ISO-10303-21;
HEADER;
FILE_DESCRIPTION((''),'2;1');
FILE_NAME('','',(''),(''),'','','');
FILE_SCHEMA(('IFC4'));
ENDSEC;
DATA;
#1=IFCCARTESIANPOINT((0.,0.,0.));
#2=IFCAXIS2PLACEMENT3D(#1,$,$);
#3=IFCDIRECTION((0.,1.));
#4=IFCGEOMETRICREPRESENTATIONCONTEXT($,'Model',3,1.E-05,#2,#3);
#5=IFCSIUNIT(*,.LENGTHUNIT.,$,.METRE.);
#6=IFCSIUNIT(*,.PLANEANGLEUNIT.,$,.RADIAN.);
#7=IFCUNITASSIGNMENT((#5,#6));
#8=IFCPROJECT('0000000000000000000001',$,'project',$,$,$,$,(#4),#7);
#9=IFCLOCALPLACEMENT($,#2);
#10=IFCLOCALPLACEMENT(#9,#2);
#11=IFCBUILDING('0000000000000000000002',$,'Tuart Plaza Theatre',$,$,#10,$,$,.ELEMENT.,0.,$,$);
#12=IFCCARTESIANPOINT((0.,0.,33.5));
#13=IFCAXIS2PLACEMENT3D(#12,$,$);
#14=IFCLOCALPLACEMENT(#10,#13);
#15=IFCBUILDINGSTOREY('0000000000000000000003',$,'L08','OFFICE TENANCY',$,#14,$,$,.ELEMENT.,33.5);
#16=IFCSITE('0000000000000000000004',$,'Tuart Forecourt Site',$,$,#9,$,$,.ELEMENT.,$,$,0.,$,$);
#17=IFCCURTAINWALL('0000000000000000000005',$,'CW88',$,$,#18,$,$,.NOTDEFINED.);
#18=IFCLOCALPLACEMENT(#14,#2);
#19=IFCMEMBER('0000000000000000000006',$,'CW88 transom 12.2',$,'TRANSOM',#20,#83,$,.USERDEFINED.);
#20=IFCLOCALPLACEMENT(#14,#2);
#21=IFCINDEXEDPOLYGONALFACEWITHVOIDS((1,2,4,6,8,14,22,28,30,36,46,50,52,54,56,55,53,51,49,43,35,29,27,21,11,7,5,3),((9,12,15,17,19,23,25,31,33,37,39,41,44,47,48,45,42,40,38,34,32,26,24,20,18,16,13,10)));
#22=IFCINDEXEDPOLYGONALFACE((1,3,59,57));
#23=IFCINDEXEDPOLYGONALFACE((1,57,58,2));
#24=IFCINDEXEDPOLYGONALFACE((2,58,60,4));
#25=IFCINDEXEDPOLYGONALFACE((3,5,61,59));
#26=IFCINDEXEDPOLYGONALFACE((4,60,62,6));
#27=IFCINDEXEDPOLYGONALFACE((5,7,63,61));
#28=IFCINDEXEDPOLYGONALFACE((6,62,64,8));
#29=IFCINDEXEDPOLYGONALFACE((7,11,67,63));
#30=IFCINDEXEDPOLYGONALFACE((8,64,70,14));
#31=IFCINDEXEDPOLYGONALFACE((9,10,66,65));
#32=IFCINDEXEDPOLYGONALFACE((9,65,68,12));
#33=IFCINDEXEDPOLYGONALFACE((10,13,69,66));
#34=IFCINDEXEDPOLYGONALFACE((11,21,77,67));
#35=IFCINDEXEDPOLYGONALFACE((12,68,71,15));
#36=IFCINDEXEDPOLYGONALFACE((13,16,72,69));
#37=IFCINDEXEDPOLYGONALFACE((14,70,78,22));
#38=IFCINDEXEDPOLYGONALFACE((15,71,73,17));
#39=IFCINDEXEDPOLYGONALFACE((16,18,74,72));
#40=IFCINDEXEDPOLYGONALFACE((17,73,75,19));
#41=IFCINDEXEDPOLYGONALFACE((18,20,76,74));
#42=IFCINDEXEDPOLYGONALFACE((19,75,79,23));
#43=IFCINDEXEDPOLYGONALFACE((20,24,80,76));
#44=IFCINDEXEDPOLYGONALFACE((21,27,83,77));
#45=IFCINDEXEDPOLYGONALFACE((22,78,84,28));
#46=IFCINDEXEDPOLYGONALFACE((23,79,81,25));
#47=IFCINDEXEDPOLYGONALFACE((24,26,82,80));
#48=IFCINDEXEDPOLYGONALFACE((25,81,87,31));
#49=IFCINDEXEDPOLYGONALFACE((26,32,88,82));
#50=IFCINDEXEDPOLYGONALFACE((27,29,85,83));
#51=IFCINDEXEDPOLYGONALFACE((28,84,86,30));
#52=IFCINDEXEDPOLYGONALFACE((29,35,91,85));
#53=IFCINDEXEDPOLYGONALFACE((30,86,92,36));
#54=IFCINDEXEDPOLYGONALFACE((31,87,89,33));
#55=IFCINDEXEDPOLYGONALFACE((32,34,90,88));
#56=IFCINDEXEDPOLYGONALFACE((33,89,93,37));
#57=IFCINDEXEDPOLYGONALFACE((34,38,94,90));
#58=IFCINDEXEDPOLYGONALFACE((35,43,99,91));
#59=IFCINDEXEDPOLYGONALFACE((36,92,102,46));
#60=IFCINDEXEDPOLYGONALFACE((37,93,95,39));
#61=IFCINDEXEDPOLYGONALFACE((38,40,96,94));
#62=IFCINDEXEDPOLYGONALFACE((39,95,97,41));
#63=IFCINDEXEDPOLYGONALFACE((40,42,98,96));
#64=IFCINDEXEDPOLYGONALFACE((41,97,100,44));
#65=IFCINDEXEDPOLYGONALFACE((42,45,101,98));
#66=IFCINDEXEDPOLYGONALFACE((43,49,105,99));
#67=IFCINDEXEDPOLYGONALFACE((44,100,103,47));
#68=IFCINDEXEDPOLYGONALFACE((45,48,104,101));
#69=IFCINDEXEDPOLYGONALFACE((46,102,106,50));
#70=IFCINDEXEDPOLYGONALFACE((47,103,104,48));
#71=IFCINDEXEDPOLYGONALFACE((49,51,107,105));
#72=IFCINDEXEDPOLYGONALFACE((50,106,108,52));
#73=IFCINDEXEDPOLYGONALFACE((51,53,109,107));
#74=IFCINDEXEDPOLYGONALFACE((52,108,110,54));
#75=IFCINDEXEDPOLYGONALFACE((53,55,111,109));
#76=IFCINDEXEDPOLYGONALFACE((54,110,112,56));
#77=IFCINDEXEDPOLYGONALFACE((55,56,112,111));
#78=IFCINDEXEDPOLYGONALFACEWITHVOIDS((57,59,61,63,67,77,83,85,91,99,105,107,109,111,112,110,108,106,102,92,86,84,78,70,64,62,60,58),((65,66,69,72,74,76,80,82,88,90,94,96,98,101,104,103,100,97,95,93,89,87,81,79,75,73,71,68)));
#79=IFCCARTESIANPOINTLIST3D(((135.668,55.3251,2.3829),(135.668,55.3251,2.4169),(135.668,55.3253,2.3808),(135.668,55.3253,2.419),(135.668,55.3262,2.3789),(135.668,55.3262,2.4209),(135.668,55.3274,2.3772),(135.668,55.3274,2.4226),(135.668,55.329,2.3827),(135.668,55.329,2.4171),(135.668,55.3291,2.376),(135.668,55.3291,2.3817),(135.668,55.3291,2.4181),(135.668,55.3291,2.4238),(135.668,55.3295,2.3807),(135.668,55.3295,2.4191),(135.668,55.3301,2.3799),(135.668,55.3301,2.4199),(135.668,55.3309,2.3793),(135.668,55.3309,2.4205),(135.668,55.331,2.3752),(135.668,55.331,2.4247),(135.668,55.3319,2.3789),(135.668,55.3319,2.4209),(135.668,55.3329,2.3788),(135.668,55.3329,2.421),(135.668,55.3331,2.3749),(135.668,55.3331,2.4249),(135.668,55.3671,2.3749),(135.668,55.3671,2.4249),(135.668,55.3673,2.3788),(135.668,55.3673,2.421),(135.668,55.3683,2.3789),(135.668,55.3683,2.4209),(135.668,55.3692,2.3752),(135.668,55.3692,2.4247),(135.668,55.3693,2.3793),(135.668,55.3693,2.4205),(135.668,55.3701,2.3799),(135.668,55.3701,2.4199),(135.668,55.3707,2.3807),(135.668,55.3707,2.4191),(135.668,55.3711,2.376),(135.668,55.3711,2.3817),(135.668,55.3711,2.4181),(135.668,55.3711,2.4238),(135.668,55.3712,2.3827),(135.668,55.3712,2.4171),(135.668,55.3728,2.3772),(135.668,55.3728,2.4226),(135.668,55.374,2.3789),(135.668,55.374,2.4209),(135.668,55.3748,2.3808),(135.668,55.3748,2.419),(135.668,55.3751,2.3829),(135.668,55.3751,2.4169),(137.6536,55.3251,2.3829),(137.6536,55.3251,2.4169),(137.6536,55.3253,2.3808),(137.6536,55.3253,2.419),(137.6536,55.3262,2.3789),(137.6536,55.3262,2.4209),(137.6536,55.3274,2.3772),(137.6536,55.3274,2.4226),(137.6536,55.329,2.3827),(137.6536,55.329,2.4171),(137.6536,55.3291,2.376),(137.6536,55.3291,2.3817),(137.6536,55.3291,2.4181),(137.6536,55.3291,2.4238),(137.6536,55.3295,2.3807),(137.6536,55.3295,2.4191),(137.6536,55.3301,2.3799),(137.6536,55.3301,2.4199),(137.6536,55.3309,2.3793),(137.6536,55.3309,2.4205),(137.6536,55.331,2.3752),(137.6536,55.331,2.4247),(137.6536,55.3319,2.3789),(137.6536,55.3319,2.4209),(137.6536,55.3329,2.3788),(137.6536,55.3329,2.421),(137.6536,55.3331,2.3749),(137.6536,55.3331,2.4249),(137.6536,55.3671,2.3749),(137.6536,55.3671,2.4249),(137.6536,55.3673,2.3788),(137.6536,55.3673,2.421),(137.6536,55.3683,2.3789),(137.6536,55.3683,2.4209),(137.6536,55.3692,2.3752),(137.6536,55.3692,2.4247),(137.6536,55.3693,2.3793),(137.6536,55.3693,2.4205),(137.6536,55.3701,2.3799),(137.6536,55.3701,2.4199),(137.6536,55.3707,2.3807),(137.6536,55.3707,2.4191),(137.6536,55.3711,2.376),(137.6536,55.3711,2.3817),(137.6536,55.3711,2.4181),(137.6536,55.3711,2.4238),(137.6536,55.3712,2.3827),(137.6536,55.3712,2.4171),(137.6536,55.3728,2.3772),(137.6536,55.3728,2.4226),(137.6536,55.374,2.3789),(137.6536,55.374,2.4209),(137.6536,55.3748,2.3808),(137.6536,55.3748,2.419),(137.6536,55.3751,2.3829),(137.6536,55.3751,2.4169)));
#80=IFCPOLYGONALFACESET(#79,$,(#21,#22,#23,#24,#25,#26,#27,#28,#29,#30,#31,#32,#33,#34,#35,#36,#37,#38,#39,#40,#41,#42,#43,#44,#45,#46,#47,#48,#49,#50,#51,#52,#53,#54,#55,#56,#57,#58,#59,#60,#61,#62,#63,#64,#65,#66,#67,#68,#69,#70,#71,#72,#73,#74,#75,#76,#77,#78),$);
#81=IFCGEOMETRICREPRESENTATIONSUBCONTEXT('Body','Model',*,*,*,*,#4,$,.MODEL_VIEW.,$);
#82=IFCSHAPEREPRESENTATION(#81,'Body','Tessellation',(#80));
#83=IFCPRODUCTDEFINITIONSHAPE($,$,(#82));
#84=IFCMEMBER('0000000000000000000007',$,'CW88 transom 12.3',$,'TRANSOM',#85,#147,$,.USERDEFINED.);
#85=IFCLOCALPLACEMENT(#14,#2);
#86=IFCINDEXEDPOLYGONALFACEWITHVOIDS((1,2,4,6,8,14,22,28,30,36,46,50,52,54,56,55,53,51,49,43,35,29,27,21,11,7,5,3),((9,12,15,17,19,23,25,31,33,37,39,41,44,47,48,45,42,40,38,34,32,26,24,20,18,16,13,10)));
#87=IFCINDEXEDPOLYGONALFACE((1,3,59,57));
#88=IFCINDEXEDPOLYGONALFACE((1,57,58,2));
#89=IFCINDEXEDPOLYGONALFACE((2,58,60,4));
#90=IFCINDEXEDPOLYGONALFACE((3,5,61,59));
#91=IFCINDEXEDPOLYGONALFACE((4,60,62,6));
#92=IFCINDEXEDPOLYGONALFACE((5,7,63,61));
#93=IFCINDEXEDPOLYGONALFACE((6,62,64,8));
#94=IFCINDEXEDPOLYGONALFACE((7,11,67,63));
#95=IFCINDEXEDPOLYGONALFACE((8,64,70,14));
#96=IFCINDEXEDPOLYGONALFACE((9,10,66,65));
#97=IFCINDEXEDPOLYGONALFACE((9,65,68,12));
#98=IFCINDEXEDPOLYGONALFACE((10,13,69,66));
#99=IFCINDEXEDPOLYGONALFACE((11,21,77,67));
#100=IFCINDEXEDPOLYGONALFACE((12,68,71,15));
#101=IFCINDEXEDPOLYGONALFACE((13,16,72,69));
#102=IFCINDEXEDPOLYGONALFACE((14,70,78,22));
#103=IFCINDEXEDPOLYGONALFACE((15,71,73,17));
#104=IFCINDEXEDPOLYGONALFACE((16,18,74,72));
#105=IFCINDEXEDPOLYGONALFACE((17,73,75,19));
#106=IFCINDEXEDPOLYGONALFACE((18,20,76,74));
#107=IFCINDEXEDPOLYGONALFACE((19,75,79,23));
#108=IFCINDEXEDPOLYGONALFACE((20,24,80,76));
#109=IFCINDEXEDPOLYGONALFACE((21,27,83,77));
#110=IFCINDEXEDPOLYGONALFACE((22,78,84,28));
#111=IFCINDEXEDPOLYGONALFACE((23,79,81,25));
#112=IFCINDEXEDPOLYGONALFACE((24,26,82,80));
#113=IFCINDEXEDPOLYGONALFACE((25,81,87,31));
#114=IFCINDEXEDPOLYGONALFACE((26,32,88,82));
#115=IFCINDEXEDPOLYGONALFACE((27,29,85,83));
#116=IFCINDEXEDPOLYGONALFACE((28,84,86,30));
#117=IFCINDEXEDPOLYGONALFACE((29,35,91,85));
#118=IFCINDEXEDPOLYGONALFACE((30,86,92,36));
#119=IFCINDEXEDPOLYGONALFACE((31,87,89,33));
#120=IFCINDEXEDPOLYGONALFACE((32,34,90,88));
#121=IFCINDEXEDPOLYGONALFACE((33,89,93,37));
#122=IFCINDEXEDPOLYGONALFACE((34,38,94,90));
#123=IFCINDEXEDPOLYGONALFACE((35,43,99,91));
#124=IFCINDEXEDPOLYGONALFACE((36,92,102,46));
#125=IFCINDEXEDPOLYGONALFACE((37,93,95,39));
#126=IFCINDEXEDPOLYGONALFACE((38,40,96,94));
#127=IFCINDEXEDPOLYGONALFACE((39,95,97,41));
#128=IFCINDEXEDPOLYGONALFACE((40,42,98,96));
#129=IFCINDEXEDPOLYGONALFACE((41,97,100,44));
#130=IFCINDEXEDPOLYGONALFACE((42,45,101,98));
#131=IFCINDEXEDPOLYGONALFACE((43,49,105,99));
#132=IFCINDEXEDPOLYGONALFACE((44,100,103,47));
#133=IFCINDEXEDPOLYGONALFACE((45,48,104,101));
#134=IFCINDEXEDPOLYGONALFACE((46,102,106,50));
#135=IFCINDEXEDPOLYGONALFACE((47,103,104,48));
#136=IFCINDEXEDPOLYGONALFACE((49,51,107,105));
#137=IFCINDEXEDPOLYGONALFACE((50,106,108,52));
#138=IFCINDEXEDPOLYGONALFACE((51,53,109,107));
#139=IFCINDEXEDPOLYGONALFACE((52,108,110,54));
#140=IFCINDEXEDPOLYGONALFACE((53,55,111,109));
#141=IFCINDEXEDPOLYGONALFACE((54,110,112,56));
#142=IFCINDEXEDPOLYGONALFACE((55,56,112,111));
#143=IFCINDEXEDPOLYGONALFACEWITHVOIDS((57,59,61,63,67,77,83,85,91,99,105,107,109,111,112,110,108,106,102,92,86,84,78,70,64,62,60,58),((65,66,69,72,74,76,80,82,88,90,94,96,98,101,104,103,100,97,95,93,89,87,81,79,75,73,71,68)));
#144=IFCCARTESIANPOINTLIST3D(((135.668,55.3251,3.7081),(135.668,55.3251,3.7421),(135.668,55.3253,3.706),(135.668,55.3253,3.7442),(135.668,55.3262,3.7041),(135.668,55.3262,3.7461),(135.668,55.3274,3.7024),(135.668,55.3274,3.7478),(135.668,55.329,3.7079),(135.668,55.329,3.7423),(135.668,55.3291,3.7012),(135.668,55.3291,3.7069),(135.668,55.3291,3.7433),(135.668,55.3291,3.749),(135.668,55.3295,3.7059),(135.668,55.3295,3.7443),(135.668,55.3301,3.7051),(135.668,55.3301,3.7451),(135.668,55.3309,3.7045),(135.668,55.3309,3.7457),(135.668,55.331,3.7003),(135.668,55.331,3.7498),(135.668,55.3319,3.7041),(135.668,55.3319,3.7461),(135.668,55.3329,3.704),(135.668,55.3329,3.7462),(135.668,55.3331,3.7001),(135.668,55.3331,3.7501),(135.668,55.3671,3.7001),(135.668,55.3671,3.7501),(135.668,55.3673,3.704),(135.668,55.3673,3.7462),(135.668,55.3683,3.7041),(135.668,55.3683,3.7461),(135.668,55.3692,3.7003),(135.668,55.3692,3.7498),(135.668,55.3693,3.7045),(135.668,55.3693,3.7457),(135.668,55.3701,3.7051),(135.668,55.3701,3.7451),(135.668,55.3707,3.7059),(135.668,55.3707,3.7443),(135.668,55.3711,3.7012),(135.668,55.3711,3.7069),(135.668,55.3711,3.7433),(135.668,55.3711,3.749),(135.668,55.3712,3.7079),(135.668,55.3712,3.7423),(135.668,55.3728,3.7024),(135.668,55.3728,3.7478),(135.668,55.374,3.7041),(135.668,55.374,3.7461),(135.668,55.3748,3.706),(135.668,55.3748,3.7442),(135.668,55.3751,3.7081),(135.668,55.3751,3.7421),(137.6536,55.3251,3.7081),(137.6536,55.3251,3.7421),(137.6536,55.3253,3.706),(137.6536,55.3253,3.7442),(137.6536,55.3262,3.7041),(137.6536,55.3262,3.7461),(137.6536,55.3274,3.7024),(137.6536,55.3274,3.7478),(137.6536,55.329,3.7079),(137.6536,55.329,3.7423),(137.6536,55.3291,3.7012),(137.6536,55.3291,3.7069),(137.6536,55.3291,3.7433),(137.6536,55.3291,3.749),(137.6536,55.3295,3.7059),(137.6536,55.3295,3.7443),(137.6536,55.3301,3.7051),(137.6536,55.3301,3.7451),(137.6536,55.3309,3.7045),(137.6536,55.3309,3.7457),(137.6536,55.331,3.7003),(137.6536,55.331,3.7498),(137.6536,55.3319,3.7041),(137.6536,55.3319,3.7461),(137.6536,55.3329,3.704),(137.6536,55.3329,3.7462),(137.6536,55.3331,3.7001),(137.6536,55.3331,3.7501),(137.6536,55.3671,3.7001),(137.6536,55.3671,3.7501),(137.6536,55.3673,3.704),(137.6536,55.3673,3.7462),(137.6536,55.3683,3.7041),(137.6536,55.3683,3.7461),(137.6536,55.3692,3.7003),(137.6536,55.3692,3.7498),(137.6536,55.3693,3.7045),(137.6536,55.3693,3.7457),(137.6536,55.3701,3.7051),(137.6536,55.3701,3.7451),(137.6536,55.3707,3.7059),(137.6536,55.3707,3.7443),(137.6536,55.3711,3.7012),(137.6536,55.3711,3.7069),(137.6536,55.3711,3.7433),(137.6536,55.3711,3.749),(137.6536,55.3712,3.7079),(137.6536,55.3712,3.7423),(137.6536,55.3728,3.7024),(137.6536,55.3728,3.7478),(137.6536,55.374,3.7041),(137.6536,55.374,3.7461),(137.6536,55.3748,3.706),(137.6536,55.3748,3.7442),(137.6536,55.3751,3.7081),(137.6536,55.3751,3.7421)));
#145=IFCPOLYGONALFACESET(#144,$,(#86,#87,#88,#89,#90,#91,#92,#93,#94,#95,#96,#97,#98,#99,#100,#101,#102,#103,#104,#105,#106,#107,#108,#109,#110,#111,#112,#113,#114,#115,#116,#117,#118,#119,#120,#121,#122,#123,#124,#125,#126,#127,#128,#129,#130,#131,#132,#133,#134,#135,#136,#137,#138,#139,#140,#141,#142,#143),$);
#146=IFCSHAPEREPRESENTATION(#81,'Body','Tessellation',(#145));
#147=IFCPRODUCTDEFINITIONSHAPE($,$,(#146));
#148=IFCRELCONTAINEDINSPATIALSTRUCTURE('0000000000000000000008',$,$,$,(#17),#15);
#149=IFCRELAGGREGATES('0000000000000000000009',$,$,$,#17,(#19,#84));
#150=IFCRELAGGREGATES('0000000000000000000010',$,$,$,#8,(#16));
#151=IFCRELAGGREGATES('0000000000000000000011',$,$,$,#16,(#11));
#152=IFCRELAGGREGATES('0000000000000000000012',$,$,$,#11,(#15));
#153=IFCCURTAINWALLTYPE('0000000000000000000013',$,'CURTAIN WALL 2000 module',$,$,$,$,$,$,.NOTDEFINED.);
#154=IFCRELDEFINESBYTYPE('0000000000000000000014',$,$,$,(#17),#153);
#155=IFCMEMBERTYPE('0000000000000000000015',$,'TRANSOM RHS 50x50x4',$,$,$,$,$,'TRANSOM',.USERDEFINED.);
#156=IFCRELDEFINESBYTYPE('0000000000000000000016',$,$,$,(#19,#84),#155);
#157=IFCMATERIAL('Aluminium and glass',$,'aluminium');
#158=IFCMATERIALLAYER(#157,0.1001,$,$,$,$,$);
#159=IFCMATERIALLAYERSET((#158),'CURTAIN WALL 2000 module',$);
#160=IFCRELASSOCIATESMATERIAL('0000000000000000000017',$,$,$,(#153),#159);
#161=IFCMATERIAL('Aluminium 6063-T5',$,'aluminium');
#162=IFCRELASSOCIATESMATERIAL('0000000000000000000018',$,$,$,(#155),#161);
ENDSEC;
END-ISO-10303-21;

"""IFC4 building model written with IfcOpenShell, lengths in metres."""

from ifc_helpers import new_model, si_unit, direction, frame, origin, origin_2d, place, context, subcontext, project, spatial, hollow_rectangle, extrude, material, layer, layer_set, material_profile, profile_set, type_object, element, aggregate, save


model = new_model("IFC4")

# Units and contexts
model_context = context("Model", 3, precision=1e-05, world=origin(), true_north=direction((0.0, 1.0)))
body_context = subcontext(model_context, "Body", "Model", "MODEL_VIEW")
ifc_project = project(units=[si_unit("LENGTHUNIT", "METRE"), si_unit("PLANEANGLEUNIT", "RADIAN")], contexts=[model_context])

# Site, building, storey
site_placement = place(None, origin())
site = spatial("IfcSite", under=ifc_project, at=site_placement, Name="Tuart Forecourt Site", CompositionType="ELEMENT", RefElevation=0.0)
building_placement = place(site_placement, origin())
building = spatial("IfcBuilding", under=site, at=building_placement, Name="Tuart Plaza Theatre", CompositionType="ELEMENT", ElevationOfRefHeight=0.0)
storey_placement = place(building_placement, frame((0.0, 0.0, 33.5)))
storey = spatial("IfcBuildingStorey", under=building, at=storey_placement, Name="L08", Description="OFFICE TENANCY", CompositionType="ELEMENT", Elevation=33.5)

# Curtain wall, members
ifc_material_1 = material(Name="Aluminium and glass", Category="aluminium")
ifc_layer_1 = layer(ifc_material_1, 0.1001)
ifc_layer_set_1 = layer_set([ifc_layer_1], Name="CURTAIN WALL 2000 module")
curtain_wall_type = type_object("IfcCurtainWallType", Name="CURTAIN WALL 2000 module", PredefinedType="NOTDEFINED", material=ifc_layer_set_1)
curtain_wall_placement = place(storey_placement, origin())
curtain_wall = element("IfcCurtainWall", 1, at=curtain_wall_placement, inside=storey, type_object=curtain_wall_type, Name="CW88", PredefinedType="NOTDEFINED")
ifc_material_2 = material(Name="Aluminium 6063-T5", Category="aluminium")
ifc_material_profile_1 = material_profile(ifc_material_2, hollow_rectangle(XDim=0.05, YDim=0.05, WallThickness=0.0039, InnerFilletRadius=0.0039, OuterFilletRadius=0.0081, at=origin_2d()), Name="RHS 50x50x4")
ifc_profile_set_1 = profile_set([ifc_material_profile_1], Name="Aluminium 6063-T5")
member_type_1 = type_object("IfcMemberType", Name="TRANSOM RHS 50x50x4", ElementType="TRANSOM", PredefinedType="USERDEFINED", material=ifc_profile_set_1)
member_1_placement = place(storey_placement, frame((135.668, 55.3501, 2.3999), z_axis=(1.0, 0.0, 0.0), x_axis=(0.0, 1.0, 0.0)))
member_1 = element("IfcMember", 2, at=member_1_placement, type_object=member_type_1, Name="CW88 transom 12.2", ObjectType="TRANSOM", PredefinedType="USERDEFINED", context=body_context, shape_type="SweptSolid", body=[
    extrude(hollow_rectangle(XDim=0.05, YDim=0.05, WallThickness=0.0039, InnerFilletRadius=0.0039, OuterFilletRadius=0.0081, at=origin_2d()), origin(), (0.0, 0.0, 1.0), 1.9856),
])
member_2_placement = place(storey_placement, frame((135.668, 55.3501, 3.7251), z_axis=(1.0, 0.0, 0.0), x_axis=(0.0, 1.0, 0.0)))
member_2 = element("IfcMember", 3, at=member_2_placement, type_object=member_type_1, Name="CW88 transom 12.3", ObjectType="TRANSOM", PredefinedType="USERDEFINED", context=body_context, shape_type="SweptSolid", body=[
    extrude(hollow_rectangle(XDim=0.05, YDim=0.05, WallThickness=0.0039, InnerFilletRadius=0.0039, OuterFilletRadius=0.0081, at=origin_2d()), origin(), (0.0, 0.0, 1.0), 1.9856),
])
aggregate(curtain_wall, [member_1, member_2])

save(model, "model.ifc")
